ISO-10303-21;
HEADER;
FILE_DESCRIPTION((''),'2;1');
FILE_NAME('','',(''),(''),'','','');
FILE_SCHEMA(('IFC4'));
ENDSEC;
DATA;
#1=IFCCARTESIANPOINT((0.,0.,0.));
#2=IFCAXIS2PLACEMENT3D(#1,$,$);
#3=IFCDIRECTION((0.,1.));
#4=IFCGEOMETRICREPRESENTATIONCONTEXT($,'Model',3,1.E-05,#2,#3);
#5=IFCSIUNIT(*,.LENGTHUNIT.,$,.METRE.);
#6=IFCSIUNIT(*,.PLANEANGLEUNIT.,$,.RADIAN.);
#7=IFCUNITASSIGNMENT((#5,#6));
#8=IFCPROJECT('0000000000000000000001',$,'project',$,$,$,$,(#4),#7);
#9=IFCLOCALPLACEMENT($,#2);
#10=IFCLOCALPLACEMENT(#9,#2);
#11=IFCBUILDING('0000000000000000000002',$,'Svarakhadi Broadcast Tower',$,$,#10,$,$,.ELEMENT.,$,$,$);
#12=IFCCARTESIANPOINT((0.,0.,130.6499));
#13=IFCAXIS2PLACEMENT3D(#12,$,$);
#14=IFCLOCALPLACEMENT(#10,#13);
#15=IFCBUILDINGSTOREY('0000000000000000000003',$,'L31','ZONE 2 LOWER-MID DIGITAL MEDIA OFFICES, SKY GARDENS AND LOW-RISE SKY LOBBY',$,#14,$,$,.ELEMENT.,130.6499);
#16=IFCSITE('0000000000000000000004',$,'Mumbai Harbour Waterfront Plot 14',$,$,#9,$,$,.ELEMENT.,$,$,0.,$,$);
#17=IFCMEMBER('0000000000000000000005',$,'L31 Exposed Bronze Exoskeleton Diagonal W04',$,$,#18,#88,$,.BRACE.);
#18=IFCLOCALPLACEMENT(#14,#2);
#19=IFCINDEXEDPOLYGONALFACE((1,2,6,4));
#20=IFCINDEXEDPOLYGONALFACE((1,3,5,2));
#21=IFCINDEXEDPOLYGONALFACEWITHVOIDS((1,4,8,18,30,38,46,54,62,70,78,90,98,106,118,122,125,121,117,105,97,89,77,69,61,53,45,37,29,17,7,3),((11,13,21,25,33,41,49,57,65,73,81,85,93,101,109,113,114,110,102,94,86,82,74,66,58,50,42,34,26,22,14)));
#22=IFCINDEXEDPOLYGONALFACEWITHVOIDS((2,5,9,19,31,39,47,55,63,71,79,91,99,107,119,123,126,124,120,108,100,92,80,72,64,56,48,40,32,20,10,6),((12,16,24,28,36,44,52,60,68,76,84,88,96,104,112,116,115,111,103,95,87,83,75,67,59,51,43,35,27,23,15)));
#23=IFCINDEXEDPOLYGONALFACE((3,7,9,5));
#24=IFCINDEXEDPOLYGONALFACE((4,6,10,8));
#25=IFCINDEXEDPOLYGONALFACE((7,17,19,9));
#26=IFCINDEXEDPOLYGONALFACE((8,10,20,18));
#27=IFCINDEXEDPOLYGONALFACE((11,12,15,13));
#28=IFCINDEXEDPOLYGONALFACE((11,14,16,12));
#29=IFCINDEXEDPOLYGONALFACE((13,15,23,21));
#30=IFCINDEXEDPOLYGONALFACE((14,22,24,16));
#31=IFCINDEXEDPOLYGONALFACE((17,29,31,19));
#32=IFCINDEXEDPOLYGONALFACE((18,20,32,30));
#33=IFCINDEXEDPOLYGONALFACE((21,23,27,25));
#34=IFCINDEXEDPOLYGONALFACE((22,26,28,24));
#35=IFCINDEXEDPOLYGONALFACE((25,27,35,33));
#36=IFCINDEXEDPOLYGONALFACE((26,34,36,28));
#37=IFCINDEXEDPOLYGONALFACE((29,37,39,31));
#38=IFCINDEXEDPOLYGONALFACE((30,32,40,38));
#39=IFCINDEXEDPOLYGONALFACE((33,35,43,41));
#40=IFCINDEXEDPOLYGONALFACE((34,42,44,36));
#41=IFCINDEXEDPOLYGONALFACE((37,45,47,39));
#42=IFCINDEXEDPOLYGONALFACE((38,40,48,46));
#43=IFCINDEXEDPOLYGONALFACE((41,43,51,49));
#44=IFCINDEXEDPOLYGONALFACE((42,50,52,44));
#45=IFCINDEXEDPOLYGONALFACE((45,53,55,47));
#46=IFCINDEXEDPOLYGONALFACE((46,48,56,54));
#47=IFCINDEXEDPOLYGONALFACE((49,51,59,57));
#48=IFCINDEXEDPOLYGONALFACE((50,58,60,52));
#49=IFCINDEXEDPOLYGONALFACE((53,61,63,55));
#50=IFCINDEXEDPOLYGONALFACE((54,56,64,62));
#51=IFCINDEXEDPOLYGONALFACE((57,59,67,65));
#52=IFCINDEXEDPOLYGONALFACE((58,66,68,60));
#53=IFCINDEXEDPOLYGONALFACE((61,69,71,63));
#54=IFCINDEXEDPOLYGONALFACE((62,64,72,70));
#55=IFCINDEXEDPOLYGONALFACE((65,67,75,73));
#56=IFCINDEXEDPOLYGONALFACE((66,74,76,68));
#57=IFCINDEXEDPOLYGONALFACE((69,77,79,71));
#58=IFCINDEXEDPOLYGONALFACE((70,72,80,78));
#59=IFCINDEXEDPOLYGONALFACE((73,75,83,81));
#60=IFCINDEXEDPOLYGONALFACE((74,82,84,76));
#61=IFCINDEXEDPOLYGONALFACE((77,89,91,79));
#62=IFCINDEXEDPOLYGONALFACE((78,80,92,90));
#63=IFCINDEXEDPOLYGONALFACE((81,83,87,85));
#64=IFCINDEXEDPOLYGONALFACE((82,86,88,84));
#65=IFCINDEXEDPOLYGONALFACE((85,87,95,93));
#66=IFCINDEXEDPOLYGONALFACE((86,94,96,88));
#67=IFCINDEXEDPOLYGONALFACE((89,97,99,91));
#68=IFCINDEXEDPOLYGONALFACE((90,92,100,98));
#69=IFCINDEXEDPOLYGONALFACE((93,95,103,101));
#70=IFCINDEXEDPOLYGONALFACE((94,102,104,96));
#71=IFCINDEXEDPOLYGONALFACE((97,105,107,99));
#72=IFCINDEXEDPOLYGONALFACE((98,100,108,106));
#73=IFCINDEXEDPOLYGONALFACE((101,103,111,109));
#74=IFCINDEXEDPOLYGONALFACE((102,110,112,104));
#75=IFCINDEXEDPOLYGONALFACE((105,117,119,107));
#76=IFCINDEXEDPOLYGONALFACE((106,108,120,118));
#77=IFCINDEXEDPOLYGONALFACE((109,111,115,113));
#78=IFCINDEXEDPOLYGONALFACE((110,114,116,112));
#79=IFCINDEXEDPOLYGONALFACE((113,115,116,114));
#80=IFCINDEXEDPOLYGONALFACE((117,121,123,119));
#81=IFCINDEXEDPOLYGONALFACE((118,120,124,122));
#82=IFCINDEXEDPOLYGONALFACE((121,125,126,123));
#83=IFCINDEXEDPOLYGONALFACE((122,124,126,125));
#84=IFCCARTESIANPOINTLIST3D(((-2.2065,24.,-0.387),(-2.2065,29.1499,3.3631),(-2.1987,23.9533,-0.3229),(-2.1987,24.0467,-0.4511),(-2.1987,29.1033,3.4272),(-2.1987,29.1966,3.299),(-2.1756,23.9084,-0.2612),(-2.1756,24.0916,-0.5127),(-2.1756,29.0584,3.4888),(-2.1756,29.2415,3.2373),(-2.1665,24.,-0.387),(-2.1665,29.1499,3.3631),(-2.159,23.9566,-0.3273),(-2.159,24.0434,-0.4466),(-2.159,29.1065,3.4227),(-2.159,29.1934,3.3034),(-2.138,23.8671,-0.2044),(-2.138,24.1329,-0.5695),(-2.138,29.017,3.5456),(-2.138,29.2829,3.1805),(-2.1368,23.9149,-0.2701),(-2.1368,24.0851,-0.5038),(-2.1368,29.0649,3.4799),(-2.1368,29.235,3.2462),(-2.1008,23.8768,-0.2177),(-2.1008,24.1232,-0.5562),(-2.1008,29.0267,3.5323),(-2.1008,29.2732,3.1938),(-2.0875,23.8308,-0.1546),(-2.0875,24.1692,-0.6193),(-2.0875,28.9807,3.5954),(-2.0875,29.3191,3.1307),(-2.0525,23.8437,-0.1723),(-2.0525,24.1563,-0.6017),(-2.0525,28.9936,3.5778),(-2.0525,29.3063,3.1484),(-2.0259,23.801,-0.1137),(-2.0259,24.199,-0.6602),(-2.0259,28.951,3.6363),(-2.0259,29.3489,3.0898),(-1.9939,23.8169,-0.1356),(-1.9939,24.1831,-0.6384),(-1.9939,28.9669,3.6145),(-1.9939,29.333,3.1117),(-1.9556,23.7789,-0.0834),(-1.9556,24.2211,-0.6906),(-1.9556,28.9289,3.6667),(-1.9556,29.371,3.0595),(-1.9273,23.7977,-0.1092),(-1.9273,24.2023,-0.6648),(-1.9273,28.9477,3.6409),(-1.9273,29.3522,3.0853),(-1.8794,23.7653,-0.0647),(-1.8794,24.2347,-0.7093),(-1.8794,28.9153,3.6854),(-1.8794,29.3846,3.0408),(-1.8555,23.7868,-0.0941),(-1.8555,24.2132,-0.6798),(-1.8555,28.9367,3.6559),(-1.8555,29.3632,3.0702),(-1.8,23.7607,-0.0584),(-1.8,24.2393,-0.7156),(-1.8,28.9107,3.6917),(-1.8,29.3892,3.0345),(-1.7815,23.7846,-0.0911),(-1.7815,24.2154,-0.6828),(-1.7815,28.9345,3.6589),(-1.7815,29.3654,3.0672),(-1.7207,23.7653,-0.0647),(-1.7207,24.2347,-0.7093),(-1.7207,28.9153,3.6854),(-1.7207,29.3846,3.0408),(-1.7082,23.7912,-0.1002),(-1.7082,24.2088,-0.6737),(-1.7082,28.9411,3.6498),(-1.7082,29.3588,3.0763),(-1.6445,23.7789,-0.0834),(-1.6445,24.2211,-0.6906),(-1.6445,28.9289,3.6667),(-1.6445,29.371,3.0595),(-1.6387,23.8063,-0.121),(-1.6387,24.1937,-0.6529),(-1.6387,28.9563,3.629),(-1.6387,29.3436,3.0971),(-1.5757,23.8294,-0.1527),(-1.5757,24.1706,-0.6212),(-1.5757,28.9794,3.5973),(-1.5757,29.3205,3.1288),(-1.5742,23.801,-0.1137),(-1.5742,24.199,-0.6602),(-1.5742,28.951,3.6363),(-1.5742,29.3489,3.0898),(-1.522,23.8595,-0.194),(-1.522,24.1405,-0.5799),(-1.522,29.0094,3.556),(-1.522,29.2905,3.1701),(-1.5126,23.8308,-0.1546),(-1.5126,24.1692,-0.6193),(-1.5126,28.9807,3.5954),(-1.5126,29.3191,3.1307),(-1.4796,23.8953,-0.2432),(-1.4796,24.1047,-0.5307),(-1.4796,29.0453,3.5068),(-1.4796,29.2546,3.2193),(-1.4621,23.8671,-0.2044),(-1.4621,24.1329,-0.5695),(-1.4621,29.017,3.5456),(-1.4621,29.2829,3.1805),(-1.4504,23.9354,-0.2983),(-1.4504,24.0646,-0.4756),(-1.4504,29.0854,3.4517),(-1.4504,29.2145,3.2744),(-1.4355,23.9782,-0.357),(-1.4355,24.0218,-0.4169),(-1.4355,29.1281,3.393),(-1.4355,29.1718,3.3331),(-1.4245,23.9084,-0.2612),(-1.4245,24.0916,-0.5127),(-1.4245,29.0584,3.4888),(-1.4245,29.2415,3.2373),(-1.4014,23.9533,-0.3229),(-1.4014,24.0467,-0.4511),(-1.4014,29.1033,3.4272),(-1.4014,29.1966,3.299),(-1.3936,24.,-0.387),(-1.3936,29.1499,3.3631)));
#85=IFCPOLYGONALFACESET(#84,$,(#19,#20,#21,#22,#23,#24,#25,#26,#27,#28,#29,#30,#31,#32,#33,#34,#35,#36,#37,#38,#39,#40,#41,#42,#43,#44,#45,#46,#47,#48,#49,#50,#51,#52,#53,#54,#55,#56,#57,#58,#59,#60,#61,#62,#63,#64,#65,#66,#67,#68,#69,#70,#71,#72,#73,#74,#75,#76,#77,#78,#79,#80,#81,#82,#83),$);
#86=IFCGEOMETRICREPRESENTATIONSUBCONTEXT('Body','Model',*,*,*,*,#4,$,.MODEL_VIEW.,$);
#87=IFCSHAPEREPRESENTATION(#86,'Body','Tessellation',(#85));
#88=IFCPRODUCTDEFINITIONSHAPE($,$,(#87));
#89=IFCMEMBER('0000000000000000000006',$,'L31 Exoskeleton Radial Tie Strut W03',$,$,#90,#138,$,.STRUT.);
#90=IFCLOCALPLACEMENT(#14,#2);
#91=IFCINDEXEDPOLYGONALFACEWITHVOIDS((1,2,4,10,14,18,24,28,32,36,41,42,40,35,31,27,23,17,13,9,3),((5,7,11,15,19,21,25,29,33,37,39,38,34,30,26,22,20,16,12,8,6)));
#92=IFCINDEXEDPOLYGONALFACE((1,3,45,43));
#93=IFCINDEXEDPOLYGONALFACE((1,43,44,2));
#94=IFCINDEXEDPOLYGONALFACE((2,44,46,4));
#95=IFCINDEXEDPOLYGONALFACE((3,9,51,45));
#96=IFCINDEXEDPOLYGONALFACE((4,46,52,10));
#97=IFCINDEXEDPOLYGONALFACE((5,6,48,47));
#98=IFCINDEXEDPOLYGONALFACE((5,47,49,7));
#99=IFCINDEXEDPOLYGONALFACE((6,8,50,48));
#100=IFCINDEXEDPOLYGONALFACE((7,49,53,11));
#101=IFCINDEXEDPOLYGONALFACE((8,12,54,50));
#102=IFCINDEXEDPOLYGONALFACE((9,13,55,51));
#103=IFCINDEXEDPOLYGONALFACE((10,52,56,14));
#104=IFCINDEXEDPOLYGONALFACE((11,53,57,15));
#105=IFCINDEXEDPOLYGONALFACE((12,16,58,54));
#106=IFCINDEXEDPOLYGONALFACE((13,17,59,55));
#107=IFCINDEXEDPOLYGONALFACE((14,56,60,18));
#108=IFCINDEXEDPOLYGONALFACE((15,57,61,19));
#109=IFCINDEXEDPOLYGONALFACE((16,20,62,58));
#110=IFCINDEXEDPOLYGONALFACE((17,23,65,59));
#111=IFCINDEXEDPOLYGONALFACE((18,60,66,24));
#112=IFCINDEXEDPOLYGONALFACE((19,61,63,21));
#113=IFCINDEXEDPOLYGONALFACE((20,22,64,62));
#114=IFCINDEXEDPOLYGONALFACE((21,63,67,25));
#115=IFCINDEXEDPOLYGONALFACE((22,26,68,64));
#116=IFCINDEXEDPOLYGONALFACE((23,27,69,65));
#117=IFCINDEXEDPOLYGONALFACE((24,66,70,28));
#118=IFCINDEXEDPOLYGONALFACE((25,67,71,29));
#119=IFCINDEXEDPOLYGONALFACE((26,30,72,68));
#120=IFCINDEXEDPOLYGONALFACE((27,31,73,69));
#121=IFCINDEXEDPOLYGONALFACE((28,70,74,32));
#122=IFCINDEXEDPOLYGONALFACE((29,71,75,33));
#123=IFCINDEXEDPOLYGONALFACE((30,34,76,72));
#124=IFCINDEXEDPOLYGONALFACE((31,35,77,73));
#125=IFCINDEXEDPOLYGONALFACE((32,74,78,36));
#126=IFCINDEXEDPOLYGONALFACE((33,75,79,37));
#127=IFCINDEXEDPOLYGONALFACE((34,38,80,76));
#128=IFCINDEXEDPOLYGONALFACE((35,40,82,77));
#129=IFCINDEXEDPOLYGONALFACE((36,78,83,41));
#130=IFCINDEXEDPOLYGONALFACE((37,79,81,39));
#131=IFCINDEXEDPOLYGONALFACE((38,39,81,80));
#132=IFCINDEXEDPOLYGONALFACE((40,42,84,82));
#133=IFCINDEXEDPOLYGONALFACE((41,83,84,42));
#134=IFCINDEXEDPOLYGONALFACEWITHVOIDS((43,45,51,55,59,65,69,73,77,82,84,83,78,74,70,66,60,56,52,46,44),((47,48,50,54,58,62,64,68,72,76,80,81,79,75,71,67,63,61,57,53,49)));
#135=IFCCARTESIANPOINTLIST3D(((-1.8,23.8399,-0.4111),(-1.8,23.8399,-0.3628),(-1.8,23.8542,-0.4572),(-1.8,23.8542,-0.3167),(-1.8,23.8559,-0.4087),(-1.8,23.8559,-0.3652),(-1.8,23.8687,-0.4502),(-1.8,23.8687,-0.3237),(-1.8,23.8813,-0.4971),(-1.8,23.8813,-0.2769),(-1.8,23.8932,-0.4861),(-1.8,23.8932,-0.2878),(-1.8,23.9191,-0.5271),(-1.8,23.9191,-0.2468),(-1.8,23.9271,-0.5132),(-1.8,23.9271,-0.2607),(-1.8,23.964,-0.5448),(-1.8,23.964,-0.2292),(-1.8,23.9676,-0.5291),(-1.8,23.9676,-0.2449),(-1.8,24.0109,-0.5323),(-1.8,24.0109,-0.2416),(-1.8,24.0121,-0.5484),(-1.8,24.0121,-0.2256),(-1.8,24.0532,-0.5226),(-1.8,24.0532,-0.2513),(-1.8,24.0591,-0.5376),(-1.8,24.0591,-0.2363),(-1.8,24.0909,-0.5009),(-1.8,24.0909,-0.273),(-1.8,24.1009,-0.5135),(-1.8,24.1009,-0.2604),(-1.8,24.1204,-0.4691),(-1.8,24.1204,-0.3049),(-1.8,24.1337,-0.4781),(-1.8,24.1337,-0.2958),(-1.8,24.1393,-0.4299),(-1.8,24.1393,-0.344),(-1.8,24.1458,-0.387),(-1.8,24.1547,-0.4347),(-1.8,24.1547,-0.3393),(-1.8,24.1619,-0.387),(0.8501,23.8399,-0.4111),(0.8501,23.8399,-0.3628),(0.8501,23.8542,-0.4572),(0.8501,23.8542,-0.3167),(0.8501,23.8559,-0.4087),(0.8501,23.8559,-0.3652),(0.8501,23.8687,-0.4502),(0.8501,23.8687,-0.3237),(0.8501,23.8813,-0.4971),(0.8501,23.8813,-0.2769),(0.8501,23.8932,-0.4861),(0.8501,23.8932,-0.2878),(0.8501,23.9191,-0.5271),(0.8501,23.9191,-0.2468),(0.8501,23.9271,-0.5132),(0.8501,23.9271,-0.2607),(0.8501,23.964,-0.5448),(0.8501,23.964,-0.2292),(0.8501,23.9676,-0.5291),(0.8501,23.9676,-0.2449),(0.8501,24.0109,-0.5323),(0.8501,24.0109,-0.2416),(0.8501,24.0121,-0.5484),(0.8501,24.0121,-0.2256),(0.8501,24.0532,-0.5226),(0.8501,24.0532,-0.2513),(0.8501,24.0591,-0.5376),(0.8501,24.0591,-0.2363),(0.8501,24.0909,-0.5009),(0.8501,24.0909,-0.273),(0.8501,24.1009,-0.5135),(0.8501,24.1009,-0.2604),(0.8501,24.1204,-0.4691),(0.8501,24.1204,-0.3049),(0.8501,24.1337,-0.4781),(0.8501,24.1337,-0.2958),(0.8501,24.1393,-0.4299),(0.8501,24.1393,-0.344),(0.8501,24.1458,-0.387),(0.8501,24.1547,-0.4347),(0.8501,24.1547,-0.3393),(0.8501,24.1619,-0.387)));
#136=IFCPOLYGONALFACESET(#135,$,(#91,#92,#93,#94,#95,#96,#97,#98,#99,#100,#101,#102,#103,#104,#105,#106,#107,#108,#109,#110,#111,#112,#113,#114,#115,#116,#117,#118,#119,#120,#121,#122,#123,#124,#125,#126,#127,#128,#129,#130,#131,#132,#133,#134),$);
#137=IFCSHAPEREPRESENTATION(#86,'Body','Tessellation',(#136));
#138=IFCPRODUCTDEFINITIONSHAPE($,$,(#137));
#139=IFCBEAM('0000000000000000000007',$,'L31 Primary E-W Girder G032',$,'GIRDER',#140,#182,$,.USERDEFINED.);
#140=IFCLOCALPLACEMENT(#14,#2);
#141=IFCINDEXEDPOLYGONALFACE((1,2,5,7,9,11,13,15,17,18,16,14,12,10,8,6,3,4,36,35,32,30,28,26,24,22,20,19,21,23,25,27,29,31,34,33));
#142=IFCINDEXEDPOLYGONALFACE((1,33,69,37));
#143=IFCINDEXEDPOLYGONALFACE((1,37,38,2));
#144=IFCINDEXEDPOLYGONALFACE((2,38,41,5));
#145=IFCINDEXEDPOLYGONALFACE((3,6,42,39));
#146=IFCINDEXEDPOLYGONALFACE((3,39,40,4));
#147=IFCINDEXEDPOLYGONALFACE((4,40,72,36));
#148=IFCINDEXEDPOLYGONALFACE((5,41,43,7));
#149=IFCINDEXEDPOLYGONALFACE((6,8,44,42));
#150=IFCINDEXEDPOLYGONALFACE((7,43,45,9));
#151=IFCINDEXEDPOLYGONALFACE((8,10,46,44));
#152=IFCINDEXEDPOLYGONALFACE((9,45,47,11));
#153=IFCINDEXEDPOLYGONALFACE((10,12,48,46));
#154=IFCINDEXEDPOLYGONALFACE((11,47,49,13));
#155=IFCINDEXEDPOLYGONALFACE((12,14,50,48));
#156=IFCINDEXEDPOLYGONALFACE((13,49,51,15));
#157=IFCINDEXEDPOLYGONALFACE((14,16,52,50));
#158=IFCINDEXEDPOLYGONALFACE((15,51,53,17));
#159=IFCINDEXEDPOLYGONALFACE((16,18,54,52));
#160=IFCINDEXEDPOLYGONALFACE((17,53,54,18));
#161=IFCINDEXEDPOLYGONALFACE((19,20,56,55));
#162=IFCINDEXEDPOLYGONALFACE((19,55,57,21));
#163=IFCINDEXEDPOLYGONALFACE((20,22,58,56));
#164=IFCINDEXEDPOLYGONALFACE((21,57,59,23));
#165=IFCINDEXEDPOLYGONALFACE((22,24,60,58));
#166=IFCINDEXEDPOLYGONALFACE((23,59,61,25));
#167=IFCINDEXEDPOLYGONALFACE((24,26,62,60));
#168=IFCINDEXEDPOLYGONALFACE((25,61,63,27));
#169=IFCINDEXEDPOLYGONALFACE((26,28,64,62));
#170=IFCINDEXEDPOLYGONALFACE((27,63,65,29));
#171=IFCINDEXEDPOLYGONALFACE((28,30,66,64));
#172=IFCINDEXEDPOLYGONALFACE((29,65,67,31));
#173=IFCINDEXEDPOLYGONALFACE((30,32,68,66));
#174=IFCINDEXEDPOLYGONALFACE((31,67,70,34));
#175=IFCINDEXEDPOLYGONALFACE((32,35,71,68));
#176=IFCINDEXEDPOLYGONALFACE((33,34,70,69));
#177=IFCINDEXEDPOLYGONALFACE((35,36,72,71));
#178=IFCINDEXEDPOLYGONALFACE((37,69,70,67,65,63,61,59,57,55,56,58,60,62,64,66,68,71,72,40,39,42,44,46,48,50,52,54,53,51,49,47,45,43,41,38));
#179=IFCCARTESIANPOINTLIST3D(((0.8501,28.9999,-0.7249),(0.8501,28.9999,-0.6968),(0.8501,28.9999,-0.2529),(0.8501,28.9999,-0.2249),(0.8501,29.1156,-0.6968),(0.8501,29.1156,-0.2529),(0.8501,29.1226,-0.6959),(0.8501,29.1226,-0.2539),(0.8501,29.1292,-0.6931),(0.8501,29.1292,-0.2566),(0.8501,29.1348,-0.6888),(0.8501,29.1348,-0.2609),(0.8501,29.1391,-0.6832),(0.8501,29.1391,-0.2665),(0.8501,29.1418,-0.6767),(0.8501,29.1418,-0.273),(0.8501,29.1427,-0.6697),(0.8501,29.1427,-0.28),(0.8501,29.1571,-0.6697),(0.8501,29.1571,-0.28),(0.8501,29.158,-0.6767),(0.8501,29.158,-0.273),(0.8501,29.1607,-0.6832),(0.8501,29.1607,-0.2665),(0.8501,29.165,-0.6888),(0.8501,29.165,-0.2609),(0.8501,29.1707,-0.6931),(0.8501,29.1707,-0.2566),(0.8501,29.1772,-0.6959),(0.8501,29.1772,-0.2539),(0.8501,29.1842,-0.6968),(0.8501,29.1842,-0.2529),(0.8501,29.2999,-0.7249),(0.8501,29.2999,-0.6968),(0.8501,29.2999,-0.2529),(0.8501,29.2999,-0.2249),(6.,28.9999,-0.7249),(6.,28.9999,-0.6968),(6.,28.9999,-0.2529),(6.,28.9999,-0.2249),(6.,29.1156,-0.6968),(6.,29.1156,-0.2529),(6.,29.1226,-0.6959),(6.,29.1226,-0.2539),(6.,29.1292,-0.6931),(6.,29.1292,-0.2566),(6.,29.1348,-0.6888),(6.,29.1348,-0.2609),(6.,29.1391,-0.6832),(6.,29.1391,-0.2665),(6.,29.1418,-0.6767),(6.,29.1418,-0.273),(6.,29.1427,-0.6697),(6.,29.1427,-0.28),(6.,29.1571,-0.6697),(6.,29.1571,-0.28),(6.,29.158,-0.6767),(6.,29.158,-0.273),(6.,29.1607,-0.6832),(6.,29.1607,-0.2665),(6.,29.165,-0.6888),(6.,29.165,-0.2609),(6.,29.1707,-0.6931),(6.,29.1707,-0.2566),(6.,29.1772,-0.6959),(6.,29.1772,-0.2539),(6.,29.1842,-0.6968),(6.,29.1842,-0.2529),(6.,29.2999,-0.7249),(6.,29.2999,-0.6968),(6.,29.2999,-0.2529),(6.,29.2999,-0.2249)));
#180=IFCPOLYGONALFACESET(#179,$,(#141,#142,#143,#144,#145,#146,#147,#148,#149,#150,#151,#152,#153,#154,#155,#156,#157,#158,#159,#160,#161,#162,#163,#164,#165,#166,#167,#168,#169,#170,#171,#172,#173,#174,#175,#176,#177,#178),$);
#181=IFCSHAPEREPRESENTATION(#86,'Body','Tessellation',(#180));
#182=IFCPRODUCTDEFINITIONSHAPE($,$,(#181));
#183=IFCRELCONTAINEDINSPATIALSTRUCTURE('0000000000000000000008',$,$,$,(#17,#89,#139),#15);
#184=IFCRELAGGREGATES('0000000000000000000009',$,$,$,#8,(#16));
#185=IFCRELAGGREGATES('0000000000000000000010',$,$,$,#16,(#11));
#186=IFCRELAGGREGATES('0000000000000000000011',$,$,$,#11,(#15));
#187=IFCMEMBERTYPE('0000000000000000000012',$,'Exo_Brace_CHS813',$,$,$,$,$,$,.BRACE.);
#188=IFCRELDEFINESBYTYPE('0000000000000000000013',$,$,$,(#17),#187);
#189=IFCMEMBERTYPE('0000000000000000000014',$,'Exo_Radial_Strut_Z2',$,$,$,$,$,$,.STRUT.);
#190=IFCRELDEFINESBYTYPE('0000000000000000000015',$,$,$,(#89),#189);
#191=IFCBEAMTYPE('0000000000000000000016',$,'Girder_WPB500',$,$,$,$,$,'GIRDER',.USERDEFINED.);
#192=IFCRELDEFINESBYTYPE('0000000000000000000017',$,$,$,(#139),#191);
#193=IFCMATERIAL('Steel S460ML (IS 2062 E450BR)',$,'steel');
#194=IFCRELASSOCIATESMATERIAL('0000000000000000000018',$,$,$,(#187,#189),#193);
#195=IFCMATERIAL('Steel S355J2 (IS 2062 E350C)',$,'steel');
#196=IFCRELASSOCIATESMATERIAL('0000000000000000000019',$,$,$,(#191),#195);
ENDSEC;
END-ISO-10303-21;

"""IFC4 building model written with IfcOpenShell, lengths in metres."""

from ifc_helpers import new_model, si_unit, direction, frame, origin, origin_2d, place, context, subcontext, project, spatial, hollow_circle, i_section, extrude, material, material_profile, profile_set, type_object, element, save


model = new_model("IFC4")

# Units and contexts
model_context = context("Model", 3, precision=1e-05, world=origin(), true_north=direction((0.0, 1.0)))
body_context = subcontext(model_context, "Body", "Model", "MODEL_VIEW")
ifc_project = project(units=[si_unit("LENGTHUNIT", "METRE"), si_unit("PLANEANGLEUNIT", "RADIAN")], contexts=[model_context])

# Site, building, storey
site_placement = place(None, origin())
site = spatial("IfcSite", under=ifc_project, at=site_placement, Name="Mumbai Harbour Waterfront Plot 14", CompositionType="ELEMENT", RefElevation=0.0)
building_placement = place(site_placement, origin())
building = spatial("IfcBuilding", under=site, at=building_placement, Name="Svarakhadi Broadcast Tower", CompositionType="ELEMENT")
storey_placement = place(building_placement, frame((0.0, 0.0, 130.6499)))
storey = spatial("IfcBuildingStorey", under=building, at=storey_placement, Name="L31", Description="ZONE 2 LOWER-MID DIGITAL MEDIA OFFICES, SKY GARDENS AND LOW-RISE SKY LOBBY", CompositionType="ELEMENT", Elevation=130.6499)

# Shared definitions
ifc_material_1 = material(Name="Steel S460ML (IS 2062 E450BR)", Category="steel")

# Shared definitions
ifc_material_2 = material(Name="Steel S355J2 (IS 2062 E350C)", Category="steel")

# Members
ifc_material_profile_1 = material_profile(ifc_material_1, hollow_circle(Radius=0.4065, WallThickness=0.04, at=origin_2d()), Name="CHS 813x40")
ifc_profile_set_1 = profile_set([ifc_material_profile_1], Name="Steel S460ML (IS 2062 E450BR)")
member_type_1 = type_object("IfcMemberType", Name="Exo_Brace_CHS813", PredefinedType="BRACE", material=ifc_profile_set_1)
member_1_placement = place(storey_placement, frame((-1.8, 24.0, -0.387), z_axis=(0.0, 0.808391, 0.588646), x_axis=(-1.0, 0.0, 0.0)))
element("IfcMember", 1, at=member_1_placement, inside=storey, type_object=member_type_1, Name="L31 Exposed Bronze Exoskeleton Diagonal W04", PredefinedType="BRACE", context=body_context, shape_type="SweptSolid", body=[
    extrude(hollow_circle(Radius=0.4065, WallThickness=0.04, at=origin_2d()), origin(), (0.0, 0.0, 1.0), 6.3706),
])
ifc_material_profile_2 = material_profile(ifc_material_1, hollow_circle(Radius=0.1619, WallThickness=0.0161, at=origin_2d()), Name="CHS 323.9x16")
ifc_profile_set_2 = profile_set([ifc_material_profile_2], Name="Steel S460ML (IS 2062 E450BR)")
member_type_2 = type_object("IfcMemberType", Name="Exo_Radial_Strut_Z2", PredefinedType="STRUT", material=ifc_profile_set_2)
member_2_placement = place(storey_placement, frame((-1.8, 24.0, -0.387), z_axis=(1.0, 0.0, 0.0), x_axis=(0.0, 1.0, 0.0)))
element("IfcMember", 2, at=member_2_placement, inside=storey, type_object=member_type_2, Name="L31 Exoskeleton Radial Tie Strut W03", PredefinedType="STRUT", context=body_context, shape_type="SweptSolid", body=[
    extrude(hollow_circle(Radius=0.1619, WallThickness=0.0161, at=origin_2d()), origin(), (0.0, 0.0, 1.0), 2.6501),
])

# Beam
ifc_material_profile_3 = material_profile(ifc_material_2, i_section(OverallWidth=0.3, OverallDepth=0.5, WebThickness=0.0144, FlangeThickness=0.0281, FilletRadius=0.0271, at=origin_2d()), Name="WPB 500x300x187")
ifc_profile_set_3 = profile_set([ifc_material_profile_3], Name="Steel S355J2 (IS 2062 E350C)")
beam_type_1 = type_object("IfcBeamType", Name="Girder_WPB500", ElementType="GIRDER", PredefinedType="USERDEFINED", material=ifc_profile_set_3)
beam_1_placement = place(storey_placement, frame((0.8501, 29.1499, -0.4749), z_axis=(1.0, 0.0, 0.0), x_axis=(0.0, 1.0, 0.0)))
element("IfcBeam", 3, at=beam_1_placement, inside=storey, type_object=beam_type_1, Name="L31 Primary E-W Girder G032", ObjectType="GIRDER", PredefinedType="USERDEFINED", context=body_context, shape_type="SweptSolid", body=[
    extrude(i_section(OverallWidth=0.3, OverallDepth=0.5, WebThickness=0.0144, FlangeThickness=0.0281, FilletRadius=0.0271, at=origin_2d()), origin(), (0.0, 0.0, 1.0), 5.1499),
])

save(model, "model.ifc")
